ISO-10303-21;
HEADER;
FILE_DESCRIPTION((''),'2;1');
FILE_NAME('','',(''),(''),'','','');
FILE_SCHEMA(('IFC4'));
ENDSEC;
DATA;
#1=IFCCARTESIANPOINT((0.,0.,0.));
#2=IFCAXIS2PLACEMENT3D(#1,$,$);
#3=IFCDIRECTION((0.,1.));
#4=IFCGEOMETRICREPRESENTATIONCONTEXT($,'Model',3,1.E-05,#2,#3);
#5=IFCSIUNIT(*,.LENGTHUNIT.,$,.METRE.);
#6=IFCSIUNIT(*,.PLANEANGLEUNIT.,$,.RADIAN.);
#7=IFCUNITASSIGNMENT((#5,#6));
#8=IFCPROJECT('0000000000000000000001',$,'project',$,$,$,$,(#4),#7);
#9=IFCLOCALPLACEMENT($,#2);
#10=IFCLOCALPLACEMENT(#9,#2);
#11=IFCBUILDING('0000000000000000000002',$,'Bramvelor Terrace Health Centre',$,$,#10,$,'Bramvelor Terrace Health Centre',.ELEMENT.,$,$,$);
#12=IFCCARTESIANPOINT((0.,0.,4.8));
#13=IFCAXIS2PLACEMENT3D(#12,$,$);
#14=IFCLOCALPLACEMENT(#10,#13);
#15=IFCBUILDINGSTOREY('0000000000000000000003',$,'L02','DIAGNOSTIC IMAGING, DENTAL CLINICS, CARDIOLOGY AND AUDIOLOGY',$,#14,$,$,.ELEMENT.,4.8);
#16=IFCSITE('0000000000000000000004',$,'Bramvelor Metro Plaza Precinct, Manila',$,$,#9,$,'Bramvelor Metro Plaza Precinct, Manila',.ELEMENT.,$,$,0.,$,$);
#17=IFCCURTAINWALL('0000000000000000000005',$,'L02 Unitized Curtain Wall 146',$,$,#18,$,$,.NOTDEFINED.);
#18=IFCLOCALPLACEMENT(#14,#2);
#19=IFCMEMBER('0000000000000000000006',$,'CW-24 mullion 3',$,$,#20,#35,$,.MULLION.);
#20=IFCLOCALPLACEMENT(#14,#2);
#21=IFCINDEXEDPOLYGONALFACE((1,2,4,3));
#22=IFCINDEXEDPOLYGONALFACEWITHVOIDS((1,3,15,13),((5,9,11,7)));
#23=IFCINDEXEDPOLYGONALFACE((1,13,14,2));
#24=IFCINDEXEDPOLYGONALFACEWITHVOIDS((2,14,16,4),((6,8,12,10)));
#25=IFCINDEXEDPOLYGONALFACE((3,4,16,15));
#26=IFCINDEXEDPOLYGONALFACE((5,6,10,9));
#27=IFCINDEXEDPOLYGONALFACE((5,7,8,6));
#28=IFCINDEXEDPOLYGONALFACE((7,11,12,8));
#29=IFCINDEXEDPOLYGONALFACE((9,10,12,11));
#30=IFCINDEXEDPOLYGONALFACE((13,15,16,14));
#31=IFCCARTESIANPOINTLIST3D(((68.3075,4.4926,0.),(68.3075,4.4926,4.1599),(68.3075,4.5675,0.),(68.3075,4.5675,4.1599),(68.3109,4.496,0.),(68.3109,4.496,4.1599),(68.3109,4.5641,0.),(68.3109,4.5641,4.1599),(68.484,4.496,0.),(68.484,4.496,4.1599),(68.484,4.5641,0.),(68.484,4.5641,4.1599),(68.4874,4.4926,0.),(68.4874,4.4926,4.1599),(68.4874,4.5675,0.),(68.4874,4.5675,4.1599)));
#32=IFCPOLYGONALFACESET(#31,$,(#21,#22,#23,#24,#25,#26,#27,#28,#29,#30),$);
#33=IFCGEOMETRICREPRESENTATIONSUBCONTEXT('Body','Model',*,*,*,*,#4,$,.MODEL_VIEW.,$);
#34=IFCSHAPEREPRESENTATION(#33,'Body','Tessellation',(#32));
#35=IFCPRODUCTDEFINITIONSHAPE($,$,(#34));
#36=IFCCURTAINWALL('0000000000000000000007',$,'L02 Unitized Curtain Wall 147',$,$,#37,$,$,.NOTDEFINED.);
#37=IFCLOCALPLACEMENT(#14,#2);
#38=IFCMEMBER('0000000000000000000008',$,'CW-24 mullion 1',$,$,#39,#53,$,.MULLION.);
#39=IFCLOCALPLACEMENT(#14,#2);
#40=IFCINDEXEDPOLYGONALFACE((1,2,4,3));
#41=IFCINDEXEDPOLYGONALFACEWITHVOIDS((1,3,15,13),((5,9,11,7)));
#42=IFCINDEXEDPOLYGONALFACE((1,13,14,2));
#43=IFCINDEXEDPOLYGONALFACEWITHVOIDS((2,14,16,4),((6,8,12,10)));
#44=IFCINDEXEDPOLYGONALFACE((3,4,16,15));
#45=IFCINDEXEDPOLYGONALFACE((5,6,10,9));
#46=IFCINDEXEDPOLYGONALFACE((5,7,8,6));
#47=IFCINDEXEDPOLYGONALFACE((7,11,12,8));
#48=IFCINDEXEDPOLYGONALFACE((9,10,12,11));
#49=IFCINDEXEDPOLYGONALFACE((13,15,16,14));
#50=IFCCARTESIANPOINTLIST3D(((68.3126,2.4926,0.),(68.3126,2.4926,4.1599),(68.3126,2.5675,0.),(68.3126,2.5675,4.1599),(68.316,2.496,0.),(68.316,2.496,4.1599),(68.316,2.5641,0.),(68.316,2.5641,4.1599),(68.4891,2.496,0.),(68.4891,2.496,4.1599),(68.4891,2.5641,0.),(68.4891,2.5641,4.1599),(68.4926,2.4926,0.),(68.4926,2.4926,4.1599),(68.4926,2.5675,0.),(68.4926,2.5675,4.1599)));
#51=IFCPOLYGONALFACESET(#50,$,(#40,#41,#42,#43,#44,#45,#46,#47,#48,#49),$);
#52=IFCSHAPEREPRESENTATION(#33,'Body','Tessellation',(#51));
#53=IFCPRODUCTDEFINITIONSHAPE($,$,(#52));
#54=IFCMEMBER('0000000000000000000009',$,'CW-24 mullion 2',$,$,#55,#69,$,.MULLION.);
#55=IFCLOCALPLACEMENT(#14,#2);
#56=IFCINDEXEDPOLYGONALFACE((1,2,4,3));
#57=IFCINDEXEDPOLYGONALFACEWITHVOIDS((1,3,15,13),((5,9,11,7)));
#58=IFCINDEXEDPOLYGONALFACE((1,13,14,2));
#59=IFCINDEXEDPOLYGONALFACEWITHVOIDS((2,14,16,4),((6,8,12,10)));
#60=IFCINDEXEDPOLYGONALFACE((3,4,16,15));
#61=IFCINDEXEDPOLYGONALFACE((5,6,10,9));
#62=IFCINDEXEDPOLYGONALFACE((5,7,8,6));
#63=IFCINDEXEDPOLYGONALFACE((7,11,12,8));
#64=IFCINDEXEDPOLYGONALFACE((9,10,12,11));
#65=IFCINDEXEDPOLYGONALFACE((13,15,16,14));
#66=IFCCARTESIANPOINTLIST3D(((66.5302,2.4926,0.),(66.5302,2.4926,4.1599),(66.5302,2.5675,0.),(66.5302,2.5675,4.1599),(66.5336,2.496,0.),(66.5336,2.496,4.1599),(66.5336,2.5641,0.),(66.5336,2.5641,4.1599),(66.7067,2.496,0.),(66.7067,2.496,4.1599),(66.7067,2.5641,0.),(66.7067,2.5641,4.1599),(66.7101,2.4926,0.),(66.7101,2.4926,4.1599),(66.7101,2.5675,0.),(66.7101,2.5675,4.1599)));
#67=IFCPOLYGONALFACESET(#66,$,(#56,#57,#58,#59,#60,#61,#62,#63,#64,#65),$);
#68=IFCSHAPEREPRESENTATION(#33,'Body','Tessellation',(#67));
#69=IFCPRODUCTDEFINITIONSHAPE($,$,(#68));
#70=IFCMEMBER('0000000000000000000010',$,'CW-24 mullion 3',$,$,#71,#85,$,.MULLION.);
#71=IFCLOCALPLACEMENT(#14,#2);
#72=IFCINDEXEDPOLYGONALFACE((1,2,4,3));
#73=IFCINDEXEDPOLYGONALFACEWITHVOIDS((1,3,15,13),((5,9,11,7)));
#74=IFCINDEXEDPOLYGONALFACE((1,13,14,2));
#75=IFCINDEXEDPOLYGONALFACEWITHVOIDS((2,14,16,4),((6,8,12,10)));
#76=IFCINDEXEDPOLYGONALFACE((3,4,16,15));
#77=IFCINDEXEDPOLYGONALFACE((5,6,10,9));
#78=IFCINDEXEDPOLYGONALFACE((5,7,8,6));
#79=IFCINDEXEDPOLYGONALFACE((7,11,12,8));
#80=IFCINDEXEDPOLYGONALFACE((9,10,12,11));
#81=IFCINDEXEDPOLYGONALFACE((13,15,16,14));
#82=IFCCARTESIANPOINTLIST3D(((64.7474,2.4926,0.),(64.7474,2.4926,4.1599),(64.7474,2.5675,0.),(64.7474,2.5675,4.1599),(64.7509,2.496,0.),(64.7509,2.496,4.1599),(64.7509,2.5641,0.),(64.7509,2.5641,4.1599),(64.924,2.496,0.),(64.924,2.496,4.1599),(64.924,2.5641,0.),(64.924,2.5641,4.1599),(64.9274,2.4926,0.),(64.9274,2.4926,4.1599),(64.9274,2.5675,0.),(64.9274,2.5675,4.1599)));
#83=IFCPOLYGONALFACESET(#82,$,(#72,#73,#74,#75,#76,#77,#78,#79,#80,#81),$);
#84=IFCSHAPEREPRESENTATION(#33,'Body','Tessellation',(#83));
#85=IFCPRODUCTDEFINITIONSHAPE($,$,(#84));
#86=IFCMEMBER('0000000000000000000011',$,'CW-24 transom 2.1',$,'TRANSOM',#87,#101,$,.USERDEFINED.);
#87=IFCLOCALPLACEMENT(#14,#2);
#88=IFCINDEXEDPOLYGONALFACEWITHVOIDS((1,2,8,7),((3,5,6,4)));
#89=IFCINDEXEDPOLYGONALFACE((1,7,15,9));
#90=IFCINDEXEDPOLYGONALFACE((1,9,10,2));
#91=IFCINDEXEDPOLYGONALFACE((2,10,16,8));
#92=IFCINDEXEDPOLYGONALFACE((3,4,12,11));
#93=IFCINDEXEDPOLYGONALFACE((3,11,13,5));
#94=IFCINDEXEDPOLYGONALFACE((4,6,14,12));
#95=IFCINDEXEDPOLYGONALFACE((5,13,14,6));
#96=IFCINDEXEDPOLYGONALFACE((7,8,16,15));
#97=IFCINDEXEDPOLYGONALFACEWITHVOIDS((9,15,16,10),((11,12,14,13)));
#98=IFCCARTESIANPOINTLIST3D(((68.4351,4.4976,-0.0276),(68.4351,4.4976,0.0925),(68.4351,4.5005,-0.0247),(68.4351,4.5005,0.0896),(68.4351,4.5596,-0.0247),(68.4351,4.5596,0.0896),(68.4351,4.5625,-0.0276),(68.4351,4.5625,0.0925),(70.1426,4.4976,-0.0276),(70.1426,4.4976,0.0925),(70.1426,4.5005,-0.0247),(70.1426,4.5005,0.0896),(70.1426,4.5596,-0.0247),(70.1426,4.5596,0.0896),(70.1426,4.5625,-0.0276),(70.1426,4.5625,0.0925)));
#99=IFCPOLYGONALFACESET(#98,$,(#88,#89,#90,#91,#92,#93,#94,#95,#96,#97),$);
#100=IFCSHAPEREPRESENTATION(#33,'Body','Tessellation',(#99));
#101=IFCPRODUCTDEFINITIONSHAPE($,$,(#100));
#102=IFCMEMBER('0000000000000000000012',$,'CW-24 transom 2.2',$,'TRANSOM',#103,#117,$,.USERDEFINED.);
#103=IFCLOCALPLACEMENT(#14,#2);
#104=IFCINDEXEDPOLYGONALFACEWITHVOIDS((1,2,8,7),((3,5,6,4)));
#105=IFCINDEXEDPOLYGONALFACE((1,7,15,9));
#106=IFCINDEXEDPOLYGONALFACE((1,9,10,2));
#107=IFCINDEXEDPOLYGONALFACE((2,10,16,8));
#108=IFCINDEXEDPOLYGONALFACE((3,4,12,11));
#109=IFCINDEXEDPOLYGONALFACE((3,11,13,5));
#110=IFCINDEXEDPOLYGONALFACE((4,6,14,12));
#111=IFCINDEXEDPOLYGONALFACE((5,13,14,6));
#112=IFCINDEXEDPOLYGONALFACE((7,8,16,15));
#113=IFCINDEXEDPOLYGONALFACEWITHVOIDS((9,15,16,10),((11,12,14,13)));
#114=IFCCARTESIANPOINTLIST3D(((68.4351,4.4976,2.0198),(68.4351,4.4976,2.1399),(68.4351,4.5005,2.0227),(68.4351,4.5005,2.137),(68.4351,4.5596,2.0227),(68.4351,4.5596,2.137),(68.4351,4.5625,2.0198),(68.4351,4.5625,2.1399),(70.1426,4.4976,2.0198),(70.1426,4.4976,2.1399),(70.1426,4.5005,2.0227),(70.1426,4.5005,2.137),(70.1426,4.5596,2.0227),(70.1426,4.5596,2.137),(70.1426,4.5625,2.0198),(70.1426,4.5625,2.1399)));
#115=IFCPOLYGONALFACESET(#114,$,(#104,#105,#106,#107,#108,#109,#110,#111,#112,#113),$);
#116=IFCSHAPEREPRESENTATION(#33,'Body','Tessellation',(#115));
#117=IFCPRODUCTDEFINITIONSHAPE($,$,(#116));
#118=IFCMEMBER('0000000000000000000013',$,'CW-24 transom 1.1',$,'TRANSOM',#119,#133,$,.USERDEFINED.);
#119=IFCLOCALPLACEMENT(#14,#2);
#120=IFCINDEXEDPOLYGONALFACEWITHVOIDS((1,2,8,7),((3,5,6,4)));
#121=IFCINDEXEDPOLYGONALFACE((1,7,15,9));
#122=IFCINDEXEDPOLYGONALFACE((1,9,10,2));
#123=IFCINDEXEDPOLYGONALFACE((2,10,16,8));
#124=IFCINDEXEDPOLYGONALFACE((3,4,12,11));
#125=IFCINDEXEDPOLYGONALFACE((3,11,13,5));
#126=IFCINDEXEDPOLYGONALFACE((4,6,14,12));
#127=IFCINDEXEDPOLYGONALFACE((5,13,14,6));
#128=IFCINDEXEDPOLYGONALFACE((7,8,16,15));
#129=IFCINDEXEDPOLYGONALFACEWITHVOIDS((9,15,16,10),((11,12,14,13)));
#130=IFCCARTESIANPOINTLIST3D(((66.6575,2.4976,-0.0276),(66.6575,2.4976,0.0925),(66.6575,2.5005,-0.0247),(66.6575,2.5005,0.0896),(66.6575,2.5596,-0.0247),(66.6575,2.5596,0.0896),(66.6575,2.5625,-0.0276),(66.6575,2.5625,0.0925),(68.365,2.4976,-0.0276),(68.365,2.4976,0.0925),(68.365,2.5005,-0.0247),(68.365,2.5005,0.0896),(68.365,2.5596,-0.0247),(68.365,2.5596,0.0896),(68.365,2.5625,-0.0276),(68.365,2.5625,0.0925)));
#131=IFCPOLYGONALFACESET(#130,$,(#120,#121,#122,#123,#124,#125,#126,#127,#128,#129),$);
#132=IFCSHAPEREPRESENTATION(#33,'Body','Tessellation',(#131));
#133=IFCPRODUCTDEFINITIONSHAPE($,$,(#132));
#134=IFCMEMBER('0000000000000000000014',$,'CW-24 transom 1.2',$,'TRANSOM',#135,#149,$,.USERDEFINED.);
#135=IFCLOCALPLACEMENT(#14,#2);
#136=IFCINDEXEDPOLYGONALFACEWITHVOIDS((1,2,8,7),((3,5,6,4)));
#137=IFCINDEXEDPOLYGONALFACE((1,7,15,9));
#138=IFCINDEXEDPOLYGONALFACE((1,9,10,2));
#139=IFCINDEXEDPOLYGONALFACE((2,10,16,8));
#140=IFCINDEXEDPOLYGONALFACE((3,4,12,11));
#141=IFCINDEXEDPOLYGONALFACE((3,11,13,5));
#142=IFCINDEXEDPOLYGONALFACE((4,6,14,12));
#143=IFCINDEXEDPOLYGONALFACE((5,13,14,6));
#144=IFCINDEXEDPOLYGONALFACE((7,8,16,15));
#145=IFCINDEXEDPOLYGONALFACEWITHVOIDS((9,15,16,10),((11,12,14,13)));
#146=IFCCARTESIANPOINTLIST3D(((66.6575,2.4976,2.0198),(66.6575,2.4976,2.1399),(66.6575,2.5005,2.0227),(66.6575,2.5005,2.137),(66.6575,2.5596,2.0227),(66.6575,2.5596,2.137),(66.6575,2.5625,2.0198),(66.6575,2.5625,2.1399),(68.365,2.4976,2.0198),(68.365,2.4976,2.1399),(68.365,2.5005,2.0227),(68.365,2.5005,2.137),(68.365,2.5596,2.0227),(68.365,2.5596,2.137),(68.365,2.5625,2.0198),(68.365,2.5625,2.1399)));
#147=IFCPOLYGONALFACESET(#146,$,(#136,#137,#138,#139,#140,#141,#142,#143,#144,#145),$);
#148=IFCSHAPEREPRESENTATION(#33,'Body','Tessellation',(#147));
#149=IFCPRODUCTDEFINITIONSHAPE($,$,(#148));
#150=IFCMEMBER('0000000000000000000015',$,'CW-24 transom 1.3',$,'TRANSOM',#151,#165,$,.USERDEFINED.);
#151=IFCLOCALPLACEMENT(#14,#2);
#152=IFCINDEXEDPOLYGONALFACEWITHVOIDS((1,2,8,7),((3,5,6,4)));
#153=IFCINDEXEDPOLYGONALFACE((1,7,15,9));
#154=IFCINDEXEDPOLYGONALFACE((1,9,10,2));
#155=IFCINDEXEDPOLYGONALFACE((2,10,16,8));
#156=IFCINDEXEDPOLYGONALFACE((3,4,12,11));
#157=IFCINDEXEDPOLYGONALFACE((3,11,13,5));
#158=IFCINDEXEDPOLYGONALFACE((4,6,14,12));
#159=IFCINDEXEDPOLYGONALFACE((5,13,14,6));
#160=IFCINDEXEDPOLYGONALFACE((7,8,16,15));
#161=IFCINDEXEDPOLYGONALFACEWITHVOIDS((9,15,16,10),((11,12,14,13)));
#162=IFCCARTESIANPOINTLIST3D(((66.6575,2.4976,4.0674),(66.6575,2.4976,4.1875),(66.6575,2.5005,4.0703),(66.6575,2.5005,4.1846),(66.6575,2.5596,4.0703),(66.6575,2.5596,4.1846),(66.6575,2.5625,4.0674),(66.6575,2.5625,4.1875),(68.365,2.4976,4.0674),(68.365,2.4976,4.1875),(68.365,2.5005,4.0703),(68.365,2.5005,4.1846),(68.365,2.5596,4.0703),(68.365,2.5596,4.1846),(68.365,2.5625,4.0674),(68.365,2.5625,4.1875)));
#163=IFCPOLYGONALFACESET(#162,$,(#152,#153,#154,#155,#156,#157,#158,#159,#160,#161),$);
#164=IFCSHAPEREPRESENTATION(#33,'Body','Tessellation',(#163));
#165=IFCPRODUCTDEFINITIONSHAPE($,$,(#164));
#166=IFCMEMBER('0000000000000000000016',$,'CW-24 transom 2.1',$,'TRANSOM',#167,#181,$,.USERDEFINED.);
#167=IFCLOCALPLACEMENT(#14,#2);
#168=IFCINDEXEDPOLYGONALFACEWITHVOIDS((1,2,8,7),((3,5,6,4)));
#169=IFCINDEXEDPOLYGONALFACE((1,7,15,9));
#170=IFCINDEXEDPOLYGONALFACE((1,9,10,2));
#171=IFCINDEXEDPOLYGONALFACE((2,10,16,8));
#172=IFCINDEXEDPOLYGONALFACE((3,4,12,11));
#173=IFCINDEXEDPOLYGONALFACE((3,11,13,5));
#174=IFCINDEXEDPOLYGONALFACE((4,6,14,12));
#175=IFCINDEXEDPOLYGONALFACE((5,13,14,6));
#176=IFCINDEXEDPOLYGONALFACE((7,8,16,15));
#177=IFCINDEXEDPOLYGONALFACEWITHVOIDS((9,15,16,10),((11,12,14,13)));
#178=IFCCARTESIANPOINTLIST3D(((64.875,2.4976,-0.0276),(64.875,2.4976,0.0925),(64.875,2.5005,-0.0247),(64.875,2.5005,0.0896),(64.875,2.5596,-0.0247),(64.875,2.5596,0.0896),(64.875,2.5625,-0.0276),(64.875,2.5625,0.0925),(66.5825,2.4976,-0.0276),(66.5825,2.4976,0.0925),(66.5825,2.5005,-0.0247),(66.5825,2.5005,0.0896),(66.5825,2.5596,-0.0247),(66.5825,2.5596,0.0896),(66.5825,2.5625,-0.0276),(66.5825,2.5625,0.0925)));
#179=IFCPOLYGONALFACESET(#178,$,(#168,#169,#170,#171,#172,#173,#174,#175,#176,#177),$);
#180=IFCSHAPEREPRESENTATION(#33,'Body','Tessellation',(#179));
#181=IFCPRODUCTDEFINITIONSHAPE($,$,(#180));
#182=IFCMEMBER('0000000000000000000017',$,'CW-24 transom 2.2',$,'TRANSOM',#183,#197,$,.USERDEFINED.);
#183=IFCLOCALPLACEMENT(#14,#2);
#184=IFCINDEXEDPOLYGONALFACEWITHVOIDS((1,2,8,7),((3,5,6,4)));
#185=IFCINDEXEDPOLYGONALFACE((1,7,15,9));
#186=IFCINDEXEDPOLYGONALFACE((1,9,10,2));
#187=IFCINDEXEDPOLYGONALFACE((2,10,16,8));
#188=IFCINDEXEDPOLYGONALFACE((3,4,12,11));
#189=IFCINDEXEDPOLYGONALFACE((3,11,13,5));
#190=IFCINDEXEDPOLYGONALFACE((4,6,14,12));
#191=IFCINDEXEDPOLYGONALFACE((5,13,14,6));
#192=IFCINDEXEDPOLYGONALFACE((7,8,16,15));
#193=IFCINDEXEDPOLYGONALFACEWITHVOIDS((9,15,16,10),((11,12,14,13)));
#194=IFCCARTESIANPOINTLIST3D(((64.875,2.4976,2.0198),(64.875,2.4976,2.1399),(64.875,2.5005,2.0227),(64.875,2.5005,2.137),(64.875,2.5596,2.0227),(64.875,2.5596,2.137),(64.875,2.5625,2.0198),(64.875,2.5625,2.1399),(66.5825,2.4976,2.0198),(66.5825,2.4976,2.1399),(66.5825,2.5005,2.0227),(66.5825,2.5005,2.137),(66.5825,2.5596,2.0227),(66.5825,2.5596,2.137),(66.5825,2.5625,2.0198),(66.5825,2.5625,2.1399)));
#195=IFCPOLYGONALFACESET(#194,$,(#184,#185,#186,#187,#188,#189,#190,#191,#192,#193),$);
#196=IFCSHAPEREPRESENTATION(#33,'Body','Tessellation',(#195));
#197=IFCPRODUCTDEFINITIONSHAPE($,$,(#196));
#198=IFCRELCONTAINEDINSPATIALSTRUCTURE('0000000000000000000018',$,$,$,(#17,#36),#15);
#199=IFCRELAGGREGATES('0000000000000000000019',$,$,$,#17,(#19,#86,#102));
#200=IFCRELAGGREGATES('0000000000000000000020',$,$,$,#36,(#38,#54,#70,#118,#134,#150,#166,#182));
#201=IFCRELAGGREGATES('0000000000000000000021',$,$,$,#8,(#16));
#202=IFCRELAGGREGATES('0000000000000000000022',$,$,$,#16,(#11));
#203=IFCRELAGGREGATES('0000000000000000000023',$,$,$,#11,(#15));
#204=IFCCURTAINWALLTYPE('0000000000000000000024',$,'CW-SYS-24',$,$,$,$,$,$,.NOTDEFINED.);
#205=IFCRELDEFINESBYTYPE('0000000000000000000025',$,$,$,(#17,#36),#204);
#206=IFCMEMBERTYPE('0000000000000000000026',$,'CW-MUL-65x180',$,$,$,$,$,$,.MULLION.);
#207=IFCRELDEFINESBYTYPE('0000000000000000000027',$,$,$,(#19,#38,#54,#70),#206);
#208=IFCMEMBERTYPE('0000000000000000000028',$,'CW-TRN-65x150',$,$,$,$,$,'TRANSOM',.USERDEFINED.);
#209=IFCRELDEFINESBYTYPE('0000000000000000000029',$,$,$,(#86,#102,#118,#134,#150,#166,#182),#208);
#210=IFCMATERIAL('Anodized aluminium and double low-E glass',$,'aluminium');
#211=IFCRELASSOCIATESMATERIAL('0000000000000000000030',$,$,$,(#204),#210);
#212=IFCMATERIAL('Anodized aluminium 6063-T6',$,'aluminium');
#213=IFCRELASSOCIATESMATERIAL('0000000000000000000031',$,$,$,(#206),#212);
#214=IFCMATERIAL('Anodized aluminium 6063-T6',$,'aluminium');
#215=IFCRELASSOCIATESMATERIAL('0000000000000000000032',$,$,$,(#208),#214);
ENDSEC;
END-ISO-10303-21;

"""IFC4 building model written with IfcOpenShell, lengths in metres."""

from ifc_helpers import new_model, si_unit, direction, frame, origin, origin_2d, place, context, subcontext, project, spatial, hollow_rectangle, extrude, material, material_profile, profile_set, type_object, element, aggregate, save


model = new_model("IFC4")

# Units and contexts
model_context = context("Model", 3, precision=1e-05, world=origin(), true_north=direction((0.0, 1.0)))
body_context = subcontext(model_context, "Body", "Model", "MODEL_VIEW")
ifc_project = project(units=[si_unit("LENGTHUNIT", "METRE"), si_unit("PLANEANGLEUNIT", "RADIAN")], contexts=[model_context])

# Site, building, storey
site_placement = place(None, origin())
site = spatial("IfcSite", under=ifc_project, at=site_placement, Name="Bramvelor Metro Plaza Precinct, Manila", LongName="Bramvelor Metro Plaza Precinct, Manila", CompositionType="ELEMENT", RefElevation=0.0)
building_placement = place(site_placement, origin())
building = spatial("IfcBuilding", under=site, at=building_placement, Name="Bramvelor Terrace Health Centre", LongName="Bramvelor Terrace Health Centre", CompositionType="ELEMENT")
storey_placement = place(building_placement, frame((0.0, 0.0, 4.8)))
storey = spatial("IfcBuildingStorey", under=building, at=storey_placement, Name="L02", Description="DIAGNOSTIC IMAGING, DENTAL CLINICS, CARDIOLOGY AND AUDIOLOGY", CompositionType="ELEMENT", Elevation=4.8)

# Curtain wall, member
ifc_material_1 = material(Name="Anodized aluminium and double low-E glass", Category="aluminium")
curtain_wall_type = type_object("IfcCurtainWallType", Name="CW-SYS-24", PredefinedType="NOTDEFINED", material=ifc_material_1)
curtain_wall_1_placement = place(storey_placement, origin())
curtain_wall_1 = element("IfcCurtainWall", 1, at=curtain_wall_1_placement, inside=storey, type_object=curtain_wall_type, Name="L02 Unitized Curtain Wall 146", PredefinedType="NOTDEFINED")
ifc_material_2 = material(Name="Anodized aluminium 6063-T6", Category="aluminium")
ifc_material_profile_1 = material_profile(ifc_material_2, hollow_rectangle(XDim=0.075, YDim=0.1799, WallThickness=0.0034, at=origin_2d()), Name="ALU-MUL 75x180x3.5")
ifc_profile_set_1 = profile_set([ifc_material_profile_1], Name="Anodized aluminium 6063-T6")
member_type_1 = type_object("IfcMemberType", Name="CW-MUL-65x180", PredefinedType="MULLION", material=ifc_profile_set_1)
member_1_placement = place(storey_placement, frame((68.3975, 4.53, 0.0), z_axis=(0.0, 0.0, 1.0), x_axis=(0.0, -1.0, 0.0)))
member_1 = element("IfcMember", 2, at=member_1_placement, type_object=member_type_1, Name="CW-24 mullion 3", PredefinedType="MULLION", context=body_context, shape_type="SweptSolid", body=[
    extrude(hollow_rectangle(XDim=0.075, YDim=0.1799, WallThickness=0.0034, at=origin_2d()), origin(), (0.0, 0.0, 1.0), 4.1599),
])

# Curtain wall, members
curtain_wall_2_placement = place(storey_placement, origin())
curtain_wall_2 = element("IfcCurtainWall", 3, at=curtain_wall_2_placement, inside=storey, type_object=curtain_wall_type, Name="L02 Unitized Curtain Wall 147", PredefinedType="NOTDEFINED")
member_2_placement = place(storey_placement, frame((68.4026, 2.53, 0.0), z_axis=(0.0, 0.0, 1.0), x_axis=(0.0, -1.0, 0.0)))
member_2 = element("IfcMember", 4, at=member_2_placement, type_object=member_type_1, Name="CW-24 mullion 1", PredefinedType="MULLION", context=body_context, shape_type="SweptSolid", body=[
    extrude(hollow_rectangle(XDim=0.075, YDim=0.1799, WallThickness=0.0034, at=origin_2d()), origin(), (0.0, 0.0, 1.0), 4.1599),
])
member_3_placement = place(storey_placement, frame((66.6201, 2.53, 0.0), z_axis=(0.0, 0.0, 1.0), x_axis=(0.0, -1.0, 0.0)))
member_3 = element("IfcMember", 5, at=member_3_placement, type_object=member_type_1, Name="CW-24 mullion 2", PredefinedType="MULLION", context=body_context, shape_type="SweptSolid", body=[
    extrude(hollow_rectangle(XDim=0.075, YDim=0.1799, WallThickness=0.0034, at=origin_2d()), origin(), (0.0, 0.0, 1.0), 4.1599),
])
member_4_placement = place(storey_placement, frame((64.8374, 2.53, 0.0), z_axis=(0.0, 0.0, 1.0), x_axis=(0.0, -1.0, 0.0)))
member_4 = element("IfcMember", 6, at=member_4_placement, type_object=member_type_1, Name="CW-24 mullion 3", PredefinedType="MULLION", context=body_context, shape_type="SweptSolid", body=[
    extrude(hollow_rectangle(XDim=0.075, YDim=0.1799, WallThickness=0.0034, at=origin_2d()), origin(), (0.0, 0.0, 1.0), 4.1599),
])

# Members
ifc_material_3 = material(Name="Anodized aluminium 6063-T6", Category="aluminium")
ifc_material_profile_2 = material_profile(ifc_material_3, hollow_rectangle(XDim=0.0649, YDim=0.1201, WallThickness=0.0029, at=origin_2d()), Name="ALU-TRN 65x120x3.0")
ifc_profile_set_2 = profile_set([ifc_material_profile_2], Name="Anodized aluminium 6063-T6")
member_type_2 = type_object("IfcMemberType", Name="CW-TRN-65x150", ElementType="TRANSOM", PredefinedType="USERDEFINED", material=ifc_profile_set_2)
member_5_placement = place(storey_placement, frame((70.1426, 4.53, 0.0325), z_axis=(-1.0, 0.0, 0.0), x_axis=(0.0, -1.0, 0.0)))
member_5 = element("IfcMember", 7, at=member_5_placement, type_object=member_type_2, Name="CW-24 transom 2.1", ObjectType="TRANSOM", PredefinedType="USERDEFINED", context=body_context, shape_type="SweptSolid", body=[
    extrude(hollow_rectangle(XDim=0.0649, YDim=0.1201, WallThickness=0.0029, at=origin_2d()), origin(), (0.0, 0.0, 1.0), 1.7075),
])
member_6_placement = place(storey_placement, frame((70.1426, 4.53, 2.0798), z_axis=(-1.0, 0.0, 0.0), x_axis=(0.0, -1.0, 0.0)))
member_6 = element("IfcMember", 8, at=member_6_placement, type_object=member_type_2, Name="CW-24 transom 2.2", ObjectType="TRANSOM", PredefinedType="USERDEFINED", context=body_context, shape_type="SweptSolid", body=[
    extrude(hollow_rectangle(XDim=0.0649, YDim=0.1201, WallThickness=0.0029, at=origin_2d()), origin(), (0.0, 0.0, 1.0), 1.7075),
])
member_7_placement = place(storey_placement, frame((68.365, 2.53, 0.0325), z_axis=(-1.0, 0.0, 0.0), x_axis=(0.0, -1.0, 0.0)))
member_7 = element("IfcMember", 9, at=member_7_placement, type_object=member_type_2, Name="CW-24 transom 1.1", ObjectType="TRANSOM", PredefinedType="USERDEFINED", context=body_context, shape_type="SweptSolid", body=[
    extrude(hollow_rectangle(XDim=0.0649, YDim=0.1201, WallThickness=0.0029, at=origin_2d()), origin(), (0.0, 0.0, 1.0), 1.7075),
])
member_8_placement = place(storey_placement, frame((68.365, 2.53, 2.0798), z_axis=(-1.0, 0.0, 0.0), x_axis=(0.0, -1.0, 0.0)))
member_8 = element("IfcMember", 10, at=member_8_placement, type_object=member_type_2, Name="CW-24 transom 1.2", ObjectType="TRANSOM", PredefinedType="USERDEFINED", context=body_context, shape_type="SweptSolid", body=[
    extrude(hollow_rectangle(XDim=0.0649, YDim=0.1201, WallThickness=0.0029, at=origin_2d()), origin(), (0.0, 0.0, 1.0), 1.7075),
])
member_9_placement = place(storey_placement, frame((68.365, 2.53, 4.1274), z_axis=(-1.0, 0.0, 0.0), x_axis=(0.0, -1.0, 0.0)))
member_9 = element("IfcMember", 11, at=member_9_placement, type_object=member_type_2, Name="CW-24 transom 1.3", ObjectType="TRANSOM", PredefinedType="USERDEFINED", context=body_context, shape_type="SweptSolid", body=[
    extrude(hollow_rectangle(XDim=0.0649, YDim=0.1201, WallThickness=0.0029, at=origin_2d()), origin(), (0.0, 0.0, 1.0), 1.7075),
])
member_10_placement = place(storey_placement, frame((66.5825, 2.53, 0.0325), z_axis=(-1.0, 0.0, 0.0), x_axis=(0.0, -1.0, 0.0)))
member_10 = element("IfcMember", 12, at=member_10_placement, type_object=member_type_2, Name="CW-24 transom 2.1", ObjectType="TRANSOM", PredefinedType="USERDEFINED", context=body_context, shape_type="SweptSolid", body=[
    extrude(hollow_rectangle(XDim=0.0649, YDim=0.1201, WallThickness=0.0029, at=origin_2d()), origin(), (0.0, 0.0, 1.0), 1.7075),
])
member_11_placement = place(storey_placement, frame((66.5825, 2.53, 2.0798), z_axis=(-1.0, 0.0, 0.0), x_axis=(0.0, -1.0, 0.0)))
member_11 = element("IfcMember", 13, at=member_11_placement, type_object=member_type_2, Name="CW-24 transom 2.2", ObjectType="TRANSOM", PredefinedType="USERDEFINED", context=body_context, shape_type="SweptSolid", body=[
    extrude(hollow_rectangle(XDim=0.0649, YDim=0.1201, WallThickness=0.0029, at=origin_2d()), origin(), (0.0, 0.0, 1.0), 1.7075),
])

aggregate(curtain_wall_1, [member_1, member_5, member_6])
aggregate(curtain_wall_2, [member_2, member_3, member_4, member_7, member_8, member_9, member_10, member_11])

save(model, "model.ifc")
